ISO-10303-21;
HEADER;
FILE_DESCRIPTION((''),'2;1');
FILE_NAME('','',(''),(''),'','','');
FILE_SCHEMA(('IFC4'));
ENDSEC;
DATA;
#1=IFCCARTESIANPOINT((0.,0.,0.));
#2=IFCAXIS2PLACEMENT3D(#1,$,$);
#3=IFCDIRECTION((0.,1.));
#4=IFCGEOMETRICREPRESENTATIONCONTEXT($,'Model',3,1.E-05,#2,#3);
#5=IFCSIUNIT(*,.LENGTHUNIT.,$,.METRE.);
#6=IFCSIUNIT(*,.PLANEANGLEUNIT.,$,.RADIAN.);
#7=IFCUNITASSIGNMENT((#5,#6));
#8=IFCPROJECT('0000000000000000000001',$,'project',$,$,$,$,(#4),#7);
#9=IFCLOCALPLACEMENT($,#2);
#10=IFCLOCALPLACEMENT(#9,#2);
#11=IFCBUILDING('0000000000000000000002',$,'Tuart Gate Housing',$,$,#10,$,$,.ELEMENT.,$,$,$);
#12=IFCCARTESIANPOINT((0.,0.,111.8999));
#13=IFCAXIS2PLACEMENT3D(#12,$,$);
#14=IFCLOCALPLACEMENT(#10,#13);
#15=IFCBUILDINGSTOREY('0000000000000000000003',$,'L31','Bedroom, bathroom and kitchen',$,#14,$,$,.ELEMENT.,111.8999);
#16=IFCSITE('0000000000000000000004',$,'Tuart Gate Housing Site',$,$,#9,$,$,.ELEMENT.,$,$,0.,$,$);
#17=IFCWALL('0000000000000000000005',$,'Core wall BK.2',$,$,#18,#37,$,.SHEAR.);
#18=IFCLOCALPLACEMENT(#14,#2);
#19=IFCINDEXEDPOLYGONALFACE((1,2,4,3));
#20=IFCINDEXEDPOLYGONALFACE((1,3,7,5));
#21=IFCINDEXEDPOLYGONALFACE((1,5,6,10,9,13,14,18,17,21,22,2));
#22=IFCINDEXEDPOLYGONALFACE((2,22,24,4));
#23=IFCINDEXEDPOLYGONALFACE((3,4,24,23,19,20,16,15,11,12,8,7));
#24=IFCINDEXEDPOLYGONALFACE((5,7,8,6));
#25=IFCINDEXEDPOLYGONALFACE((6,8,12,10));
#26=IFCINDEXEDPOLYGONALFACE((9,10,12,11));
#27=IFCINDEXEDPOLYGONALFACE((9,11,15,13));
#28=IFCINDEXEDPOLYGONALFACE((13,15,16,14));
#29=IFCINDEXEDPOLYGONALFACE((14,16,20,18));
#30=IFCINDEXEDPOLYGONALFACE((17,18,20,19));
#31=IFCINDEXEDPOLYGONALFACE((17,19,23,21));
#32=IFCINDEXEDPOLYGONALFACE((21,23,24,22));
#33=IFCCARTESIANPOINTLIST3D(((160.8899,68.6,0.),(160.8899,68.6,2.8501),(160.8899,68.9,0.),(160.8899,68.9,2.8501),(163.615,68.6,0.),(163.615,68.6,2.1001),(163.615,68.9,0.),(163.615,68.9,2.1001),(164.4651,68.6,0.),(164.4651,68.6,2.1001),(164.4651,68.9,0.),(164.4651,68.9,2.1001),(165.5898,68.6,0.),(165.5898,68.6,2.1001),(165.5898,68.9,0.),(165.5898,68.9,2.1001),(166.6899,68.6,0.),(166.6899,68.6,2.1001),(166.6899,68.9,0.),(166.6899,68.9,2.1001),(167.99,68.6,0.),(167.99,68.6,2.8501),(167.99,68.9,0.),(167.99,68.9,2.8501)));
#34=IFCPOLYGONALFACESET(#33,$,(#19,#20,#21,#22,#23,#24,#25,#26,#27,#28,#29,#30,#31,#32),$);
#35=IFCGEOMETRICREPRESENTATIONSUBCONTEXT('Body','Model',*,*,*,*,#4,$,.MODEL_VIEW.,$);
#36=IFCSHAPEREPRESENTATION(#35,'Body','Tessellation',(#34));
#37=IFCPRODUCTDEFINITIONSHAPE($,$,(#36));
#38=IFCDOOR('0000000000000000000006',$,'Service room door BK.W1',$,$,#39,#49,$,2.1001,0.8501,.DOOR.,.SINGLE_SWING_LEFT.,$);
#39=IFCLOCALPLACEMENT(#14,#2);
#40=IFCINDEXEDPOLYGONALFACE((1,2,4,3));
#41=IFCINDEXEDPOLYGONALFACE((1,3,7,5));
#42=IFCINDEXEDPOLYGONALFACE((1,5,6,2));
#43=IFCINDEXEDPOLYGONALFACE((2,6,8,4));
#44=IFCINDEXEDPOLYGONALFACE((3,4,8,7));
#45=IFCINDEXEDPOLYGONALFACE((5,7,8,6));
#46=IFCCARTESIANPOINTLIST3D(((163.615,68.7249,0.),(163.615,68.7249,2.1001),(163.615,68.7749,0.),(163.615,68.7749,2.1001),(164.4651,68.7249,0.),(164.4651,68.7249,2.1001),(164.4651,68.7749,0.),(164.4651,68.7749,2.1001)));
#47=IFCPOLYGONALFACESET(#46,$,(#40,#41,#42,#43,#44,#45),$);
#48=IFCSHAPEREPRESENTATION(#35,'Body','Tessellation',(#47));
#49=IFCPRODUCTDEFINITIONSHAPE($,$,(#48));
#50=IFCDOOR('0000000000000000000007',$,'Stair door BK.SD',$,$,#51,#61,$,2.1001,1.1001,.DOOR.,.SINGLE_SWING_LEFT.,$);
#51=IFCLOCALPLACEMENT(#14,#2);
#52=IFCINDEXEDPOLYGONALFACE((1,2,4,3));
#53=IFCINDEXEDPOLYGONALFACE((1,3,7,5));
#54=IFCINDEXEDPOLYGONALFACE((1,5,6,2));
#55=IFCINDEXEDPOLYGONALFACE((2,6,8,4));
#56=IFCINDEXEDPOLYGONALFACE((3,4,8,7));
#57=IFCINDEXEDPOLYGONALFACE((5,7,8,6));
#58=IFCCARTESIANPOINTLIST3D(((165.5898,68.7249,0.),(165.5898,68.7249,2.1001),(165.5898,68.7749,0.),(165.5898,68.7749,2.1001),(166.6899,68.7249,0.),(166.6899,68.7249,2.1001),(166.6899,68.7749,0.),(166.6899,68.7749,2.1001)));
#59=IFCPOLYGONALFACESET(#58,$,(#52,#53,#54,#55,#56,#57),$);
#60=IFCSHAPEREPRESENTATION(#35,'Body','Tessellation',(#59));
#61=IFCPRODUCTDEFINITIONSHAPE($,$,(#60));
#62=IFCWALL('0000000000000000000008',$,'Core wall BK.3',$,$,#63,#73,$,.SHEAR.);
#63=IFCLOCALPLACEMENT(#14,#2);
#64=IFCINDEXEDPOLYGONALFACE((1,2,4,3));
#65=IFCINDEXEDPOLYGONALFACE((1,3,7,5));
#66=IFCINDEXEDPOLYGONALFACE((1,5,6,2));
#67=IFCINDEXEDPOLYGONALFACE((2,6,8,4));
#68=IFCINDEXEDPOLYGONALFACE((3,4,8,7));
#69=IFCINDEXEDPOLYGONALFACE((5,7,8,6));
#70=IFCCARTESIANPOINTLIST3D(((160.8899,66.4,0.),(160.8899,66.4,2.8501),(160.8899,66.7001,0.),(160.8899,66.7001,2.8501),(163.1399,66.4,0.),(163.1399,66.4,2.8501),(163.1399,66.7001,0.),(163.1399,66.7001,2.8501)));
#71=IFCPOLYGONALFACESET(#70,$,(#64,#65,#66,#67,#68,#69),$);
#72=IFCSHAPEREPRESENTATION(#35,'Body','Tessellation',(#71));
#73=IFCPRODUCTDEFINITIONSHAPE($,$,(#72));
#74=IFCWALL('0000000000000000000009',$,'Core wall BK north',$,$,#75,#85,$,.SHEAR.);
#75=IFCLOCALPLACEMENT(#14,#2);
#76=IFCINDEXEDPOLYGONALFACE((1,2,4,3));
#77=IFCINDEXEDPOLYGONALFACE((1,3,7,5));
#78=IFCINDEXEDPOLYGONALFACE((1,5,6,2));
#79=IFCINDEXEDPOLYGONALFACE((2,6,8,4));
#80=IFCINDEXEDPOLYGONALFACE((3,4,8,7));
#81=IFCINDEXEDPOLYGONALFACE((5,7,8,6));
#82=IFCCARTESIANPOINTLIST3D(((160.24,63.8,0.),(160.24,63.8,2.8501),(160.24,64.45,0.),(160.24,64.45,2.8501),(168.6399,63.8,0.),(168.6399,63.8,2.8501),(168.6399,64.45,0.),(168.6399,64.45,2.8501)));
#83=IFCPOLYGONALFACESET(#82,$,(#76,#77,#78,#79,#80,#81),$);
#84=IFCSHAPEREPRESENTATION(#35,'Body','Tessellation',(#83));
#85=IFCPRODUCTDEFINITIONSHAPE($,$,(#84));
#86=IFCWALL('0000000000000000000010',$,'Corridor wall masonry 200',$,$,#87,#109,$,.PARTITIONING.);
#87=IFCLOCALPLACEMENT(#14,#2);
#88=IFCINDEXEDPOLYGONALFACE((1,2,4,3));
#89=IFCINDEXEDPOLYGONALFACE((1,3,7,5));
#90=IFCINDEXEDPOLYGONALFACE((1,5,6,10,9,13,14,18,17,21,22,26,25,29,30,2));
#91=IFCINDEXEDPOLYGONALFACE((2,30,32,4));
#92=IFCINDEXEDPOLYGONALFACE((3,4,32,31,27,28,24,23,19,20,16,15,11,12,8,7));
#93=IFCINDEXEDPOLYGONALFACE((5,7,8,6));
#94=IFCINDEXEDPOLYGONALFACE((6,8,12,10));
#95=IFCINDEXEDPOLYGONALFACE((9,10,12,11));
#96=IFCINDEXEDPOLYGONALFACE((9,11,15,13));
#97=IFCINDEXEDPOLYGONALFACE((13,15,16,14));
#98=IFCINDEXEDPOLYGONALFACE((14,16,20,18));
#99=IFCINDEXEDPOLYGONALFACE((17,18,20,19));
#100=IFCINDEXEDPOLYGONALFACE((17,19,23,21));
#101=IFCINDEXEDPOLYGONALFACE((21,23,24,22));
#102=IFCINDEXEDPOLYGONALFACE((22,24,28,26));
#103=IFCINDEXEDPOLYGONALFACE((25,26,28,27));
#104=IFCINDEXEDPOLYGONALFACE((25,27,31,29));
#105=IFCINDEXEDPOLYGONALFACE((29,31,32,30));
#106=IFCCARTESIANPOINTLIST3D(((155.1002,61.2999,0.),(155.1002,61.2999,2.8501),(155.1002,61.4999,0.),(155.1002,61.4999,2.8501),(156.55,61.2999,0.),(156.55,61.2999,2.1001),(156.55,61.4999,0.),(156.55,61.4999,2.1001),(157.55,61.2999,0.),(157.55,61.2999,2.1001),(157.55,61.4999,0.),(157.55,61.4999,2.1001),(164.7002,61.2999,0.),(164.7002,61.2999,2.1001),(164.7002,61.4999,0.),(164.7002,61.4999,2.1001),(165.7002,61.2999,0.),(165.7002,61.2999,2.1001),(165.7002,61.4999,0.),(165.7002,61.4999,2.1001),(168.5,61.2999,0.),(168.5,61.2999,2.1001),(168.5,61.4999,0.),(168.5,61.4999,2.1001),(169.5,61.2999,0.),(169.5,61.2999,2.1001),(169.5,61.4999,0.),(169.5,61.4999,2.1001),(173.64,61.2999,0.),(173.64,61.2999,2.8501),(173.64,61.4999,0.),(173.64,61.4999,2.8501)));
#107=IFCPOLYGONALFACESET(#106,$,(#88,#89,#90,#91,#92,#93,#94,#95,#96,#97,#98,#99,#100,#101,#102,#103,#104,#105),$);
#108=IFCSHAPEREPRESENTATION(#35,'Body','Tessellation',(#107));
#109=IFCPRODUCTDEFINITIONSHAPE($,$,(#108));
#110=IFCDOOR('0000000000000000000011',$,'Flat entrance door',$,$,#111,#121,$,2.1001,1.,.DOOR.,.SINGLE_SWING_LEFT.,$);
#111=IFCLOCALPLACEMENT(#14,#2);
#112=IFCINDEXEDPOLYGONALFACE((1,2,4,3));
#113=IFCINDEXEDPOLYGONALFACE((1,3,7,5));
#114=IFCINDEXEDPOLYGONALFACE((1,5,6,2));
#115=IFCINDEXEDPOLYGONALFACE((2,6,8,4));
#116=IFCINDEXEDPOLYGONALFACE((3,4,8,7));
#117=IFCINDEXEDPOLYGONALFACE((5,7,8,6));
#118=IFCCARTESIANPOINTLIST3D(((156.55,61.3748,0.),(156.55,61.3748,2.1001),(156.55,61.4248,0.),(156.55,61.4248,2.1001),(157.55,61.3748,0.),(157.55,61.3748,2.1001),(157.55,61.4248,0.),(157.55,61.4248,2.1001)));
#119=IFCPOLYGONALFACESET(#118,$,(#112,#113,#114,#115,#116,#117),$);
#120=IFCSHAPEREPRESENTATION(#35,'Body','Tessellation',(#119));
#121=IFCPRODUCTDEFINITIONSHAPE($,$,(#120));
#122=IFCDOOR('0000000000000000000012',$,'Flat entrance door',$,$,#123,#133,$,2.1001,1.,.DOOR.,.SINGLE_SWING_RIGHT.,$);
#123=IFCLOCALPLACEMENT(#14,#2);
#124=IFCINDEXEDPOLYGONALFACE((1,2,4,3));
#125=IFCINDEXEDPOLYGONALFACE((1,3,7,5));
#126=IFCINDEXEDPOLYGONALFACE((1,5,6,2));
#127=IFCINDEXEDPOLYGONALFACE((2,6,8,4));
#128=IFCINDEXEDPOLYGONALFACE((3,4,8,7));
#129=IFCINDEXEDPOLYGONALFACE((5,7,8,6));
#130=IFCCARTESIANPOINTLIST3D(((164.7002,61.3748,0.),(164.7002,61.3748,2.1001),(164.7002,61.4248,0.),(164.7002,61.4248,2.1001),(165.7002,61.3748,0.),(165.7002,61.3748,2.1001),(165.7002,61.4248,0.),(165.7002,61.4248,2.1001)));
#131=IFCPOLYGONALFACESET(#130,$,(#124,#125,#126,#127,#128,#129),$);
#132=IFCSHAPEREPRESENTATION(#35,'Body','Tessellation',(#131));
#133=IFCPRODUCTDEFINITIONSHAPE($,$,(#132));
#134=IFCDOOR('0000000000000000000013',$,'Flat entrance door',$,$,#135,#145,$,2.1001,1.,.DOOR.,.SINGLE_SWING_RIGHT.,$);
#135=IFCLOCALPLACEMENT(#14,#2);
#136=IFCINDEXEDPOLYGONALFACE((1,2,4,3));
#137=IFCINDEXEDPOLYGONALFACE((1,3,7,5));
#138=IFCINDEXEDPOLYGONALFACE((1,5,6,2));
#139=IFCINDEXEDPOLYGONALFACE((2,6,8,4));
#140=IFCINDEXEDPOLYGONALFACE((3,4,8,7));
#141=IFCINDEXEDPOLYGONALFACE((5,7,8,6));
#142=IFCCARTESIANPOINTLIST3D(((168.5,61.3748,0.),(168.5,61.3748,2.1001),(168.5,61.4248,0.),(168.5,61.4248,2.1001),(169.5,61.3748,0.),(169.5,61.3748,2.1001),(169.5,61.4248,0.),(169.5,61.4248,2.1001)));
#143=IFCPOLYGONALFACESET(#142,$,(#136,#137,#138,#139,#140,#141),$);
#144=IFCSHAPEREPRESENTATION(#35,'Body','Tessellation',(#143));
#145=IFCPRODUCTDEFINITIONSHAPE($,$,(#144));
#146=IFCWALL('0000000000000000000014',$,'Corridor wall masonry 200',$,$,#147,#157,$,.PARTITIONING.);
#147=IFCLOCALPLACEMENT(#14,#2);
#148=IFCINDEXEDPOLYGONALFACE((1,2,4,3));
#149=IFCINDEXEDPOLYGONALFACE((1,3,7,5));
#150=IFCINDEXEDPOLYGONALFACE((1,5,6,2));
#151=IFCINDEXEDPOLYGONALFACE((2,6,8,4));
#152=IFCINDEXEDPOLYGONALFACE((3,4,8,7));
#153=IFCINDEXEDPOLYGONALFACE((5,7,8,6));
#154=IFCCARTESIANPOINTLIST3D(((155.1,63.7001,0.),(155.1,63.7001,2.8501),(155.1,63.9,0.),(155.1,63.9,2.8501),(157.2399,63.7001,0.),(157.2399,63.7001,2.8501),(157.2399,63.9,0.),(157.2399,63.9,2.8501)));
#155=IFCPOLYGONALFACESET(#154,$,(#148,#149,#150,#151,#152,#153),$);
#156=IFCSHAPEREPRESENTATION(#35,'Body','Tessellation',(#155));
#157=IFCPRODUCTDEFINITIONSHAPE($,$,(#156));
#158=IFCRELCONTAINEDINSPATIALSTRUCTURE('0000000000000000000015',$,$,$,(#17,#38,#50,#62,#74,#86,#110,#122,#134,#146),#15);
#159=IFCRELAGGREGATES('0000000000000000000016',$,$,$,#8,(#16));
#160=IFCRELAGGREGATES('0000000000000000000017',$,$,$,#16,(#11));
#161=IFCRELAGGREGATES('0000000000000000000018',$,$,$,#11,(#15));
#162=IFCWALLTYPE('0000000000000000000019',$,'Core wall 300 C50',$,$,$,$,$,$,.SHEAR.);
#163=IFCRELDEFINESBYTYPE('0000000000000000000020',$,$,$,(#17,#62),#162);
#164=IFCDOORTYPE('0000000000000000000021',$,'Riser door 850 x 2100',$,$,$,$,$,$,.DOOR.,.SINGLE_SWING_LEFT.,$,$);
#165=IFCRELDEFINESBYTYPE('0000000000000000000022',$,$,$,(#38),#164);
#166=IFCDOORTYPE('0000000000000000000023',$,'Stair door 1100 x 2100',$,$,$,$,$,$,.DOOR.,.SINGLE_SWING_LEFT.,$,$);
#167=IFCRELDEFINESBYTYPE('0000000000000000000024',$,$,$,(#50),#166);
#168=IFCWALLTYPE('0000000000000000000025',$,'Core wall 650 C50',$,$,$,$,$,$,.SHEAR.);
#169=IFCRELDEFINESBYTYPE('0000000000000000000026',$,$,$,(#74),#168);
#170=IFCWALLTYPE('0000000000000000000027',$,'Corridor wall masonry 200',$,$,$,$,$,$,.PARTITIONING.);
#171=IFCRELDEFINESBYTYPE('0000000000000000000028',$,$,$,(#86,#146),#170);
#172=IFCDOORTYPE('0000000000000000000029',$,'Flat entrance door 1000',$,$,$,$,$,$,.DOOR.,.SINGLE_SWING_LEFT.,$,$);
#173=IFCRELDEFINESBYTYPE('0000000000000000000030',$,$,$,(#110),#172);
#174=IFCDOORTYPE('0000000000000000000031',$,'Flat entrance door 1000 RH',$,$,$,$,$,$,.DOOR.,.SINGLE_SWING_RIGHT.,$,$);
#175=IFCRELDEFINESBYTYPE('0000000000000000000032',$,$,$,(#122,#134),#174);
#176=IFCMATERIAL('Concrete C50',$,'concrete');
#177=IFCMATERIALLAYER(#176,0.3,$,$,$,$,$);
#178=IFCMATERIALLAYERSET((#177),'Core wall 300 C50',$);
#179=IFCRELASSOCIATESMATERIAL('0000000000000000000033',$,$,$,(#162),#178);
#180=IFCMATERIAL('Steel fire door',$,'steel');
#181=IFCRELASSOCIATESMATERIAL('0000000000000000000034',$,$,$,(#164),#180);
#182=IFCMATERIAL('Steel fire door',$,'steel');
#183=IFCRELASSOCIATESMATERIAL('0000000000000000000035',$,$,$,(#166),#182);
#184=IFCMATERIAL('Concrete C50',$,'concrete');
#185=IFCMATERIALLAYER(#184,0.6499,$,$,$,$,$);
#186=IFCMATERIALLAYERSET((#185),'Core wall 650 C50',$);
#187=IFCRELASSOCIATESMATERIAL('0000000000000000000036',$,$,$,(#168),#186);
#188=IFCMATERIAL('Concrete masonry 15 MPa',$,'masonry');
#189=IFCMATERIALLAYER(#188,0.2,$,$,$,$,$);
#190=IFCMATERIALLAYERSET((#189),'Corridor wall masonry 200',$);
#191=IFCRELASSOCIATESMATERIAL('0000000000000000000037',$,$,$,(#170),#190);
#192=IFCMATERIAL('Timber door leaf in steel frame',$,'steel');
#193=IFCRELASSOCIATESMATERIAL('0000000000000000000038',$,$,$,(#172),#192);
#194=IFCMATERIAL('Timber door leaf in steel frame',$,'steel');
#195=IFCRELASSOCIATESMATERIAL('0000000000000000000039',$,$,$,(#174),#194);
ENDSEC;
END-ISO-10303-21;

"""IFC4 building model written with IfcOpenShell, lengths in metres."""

from ifc_helpers import new_model, si_unit, direction, frame, frame_2d, origin, place, context, subcontext, project, spatial, rectangle, extrude, material, layer, layer_set, type_object, element, fill, save


model = new_model("IFC4")

# Units and contexts
model_context = context("Model", 3, precision=1e-05, world=origin(), true_north=direction((0.0, 1.0)))
body_context = subcontext(model_context, "Body", "Model", "MODEL_VIEW")
ifc_project = project(units=[si_unit("LENGTHUNIT", "METRE"), si_unit("PLANEANGLEUNIT", "RADIAN")], contexts=[model_context])

# Site, building, storey
site_placement = place(None, origin())
site = spatial("IfcSite", under=ifc_project, at=site_placement, Name="Tuart Gate Housing Site", CompositionType="ELEMENT", RefElevation=0.0)
building_placement = place(site_placement, origin())
building = spatial("IfcBuilding", under=site, at=building_placement, Name="Tuart Gate Housing", CompositionType="ELEMENT")
storey_placement = place(building_placement, frame((0.0, 0.0, 111.8999)))
storey = spatial("IfcBuildingStorey", under=building, at=storey_placement, Name="L31", Description="Bedroom, bathroom and kitchen", CompositionType="ELEMENT", Elevation=111.8999)

# Wall, openings, doors
ifc_material_1 = material(Name="Concrete C50", Category="concrete")
ifc_layer_1 = layer(ifc_material_1, 0.3)
ifc_layer_set_1 = layer_set([ifc_layer_1], Name="Core wall 300 C50")
wall_type_1 = type_object("IfcWallType", Name="Core wall 300 C50", PredefinedType="SHEAR", material=ifc_layer_set_1)
wall_1_placement = place(storey_placement, frame((160.8899, 68.75, 0.0), z_axis=(0.0, 0.0, 1.0), x_axis=(1.0, 0.0, 0.0)))
wall_1 = element("IfcWall", 1, at=wall_1_placement, inside=storey, type_object=wall_type_1, Name="Core wall BK.2", PredefinedType="SHEAR", context=body_context, shape_type="SweptSolid", body=[
    extrude(rectangle(XDim=7.1001, YDim=0.3, at=frame_2d((3.55, 0.0))), origin(), (0.0, 0.0, 1.0), 2.8501),
])
opening_1_placement = place(wall_1_placement, frame((4.7, 0.0, 0.0)))
opening_1 = element("IfcOpeningElement", 2, at=opening_1_placement, cuts=wall_1, PredefinedType="OPENING", context=body_context, shape_type="SweptSolid", body=[
    extrude(rectangle(XDim=1.1001, YDim=2.1001, at=frame_2d((0.55, 1.05))), frame((0.0, 0.1599, 0.0), z_axis=(0.0, -1.0, 0.0), x_axis=(1.0, 0.0, 0.0)), (0.0, 0.0, 1.0), 0.3201),
])
opening_2_placement = place(wall_1_placement, frame((2.7251, 0.0, 0.0)))
opening_2 = element("IfcOpeningElement", 3, at=opening_2_placement, cuts=wall_1, PredefinedType="OPENING", context=body_context, shape_type="SweptSolid", body=[
    extrude(rectangle(XDim=0.8501, YDim=2.1001, at=frame_2d((0.425, 1.05))), frame((0.0, 0.1599, 0.0), z_axis=(0.0, -1.0, 0.0), x_axis=(1.0, 0.0, 0.0)), (0.0, 0.0, 1.0), 0.3201),
])
ifc_material_2 = material(Name="Steel fire door", Category="steel")
door_type_1 = type_object("IfcDoorType", Name="Riser door 850 x 2100", OperationType="SINGLE_SWING_LEFT", PredefinedType="DOOR", material=ifc_material_2)
door_1_placement = place(opening_2_placement, origin())
door_1 = element("IfcDoor", 4, at=door_1_placement, inside=storey, type_object=door_type_1, Name="Service room door BK.W1", OperationType="SINGLE_SWING_LEFT", OverallHeight=2.1001, OverallWidth=0.8501, PredefinedType="DOOR", context=body_context, shape_type="SweptSolid", body=[
    extrude(rectangle(XDim=0.8501, YDim=2.1001, at=frame_2d((0.425, 1.05))), frame((0.0, 0.0249, 0.0), z_axis=(0.0, -1.0, 0.0), x_axis=(1.0, 0.0, 0.0)), (0.0, 0.0, 1.0), 0.05),
])
fill(opening_2, door_1)
ifc_material_3 = material(Name="Steel fire door", Category="steel")
door_type_2 = type_object("IfcDoorType", Name="Stair door 1100 x 2100", OperationType="SINGLE_SWING_LEFT", PredefinedType="DOOR", material=ifc_material_3)
door_2_placement = place(opening_1_placement, origin())
door_2 = element("IfcDoor", 5, at=door_2_placement, inside=storey, type_object=door_type_2, Name="Stair door BK.SD", OperationType="SINGLE_SWING_LEFT", OverallHeight=2.1001, OverallWidth=1.1001, PredefinedType="DOOR", context=body_context, shape_type="SweptSolid", body=[
    extrude(rectangle(XDim=1.1001, YDim=2.1001, at=frame_2d((0.55, 1.05))), frame((0.0, 0.0249, 0.0), z_axis=(0.0, -1.0, 0.0), x_axis=(1.0, 0.0, 0.0)), (0.0, 0.0, 1.0), 0.05),
])
fill(opening_1, door_2)

# Walls
wall_2_placement = place(storey_placement, frame((160.8899, 66.55, 0.0), z_axis=(0.0, 0.0, 1.0), x_axis=(1.0, 0.0, 0.0)))
element("IfcWall", 6, at=wall_2_placement, inside=storey, type_object=wall_type_1, Name="Core wall BK.3", PredefinedType="SHEAR", context=body_context, shape_type="SweptSolid", body=[
    extrude(rectangle(XDim=2.25, YDim=0.3, at=frame_2d((1.125, 0.0))), origin(), (0.0, 0.0, 1.0), 2.8501),
])
ifc_material_4 = material(Name="Concrete C50", Category="concrete")
ifc_layer_2 = layer(ifc_material_4, 0.6499)
ifc_layer_set_2 = layer_set([ifc_layer_2], Name="Core wall 650 C50")
wall_type_2 = type_object("IfcWallType", Name="Core wall 650 C50", PredefinedType="SHEAR", material=ifc_layer_set_2)
wall_3_placement = place(storey_placement, frame((160.24, 64.125, 0.0), z_axis=(0.0, 0.0, 1.0), x_axis=(1.0, 0.0, 0.0)))
element("IfcWall", 7, at=wall_3_placement, inside=storey, type_object=wall_type_2, Name="Core wall BK north", PredefinedType="SHEAR", context=body_context, shape_type="SweptSolid", body=[
    extrude(rectangle(XDim=8.3999, YDim=0.6499, at=frame_2d((4.2, 0.0))), origin(), (0.0, 0.0, 1.0), 2.8501),
])

# Wall, openings, doors
ifc_material_5 = material(Name="Concrete masonry 15 MPa", Category="masonry")
ifc_layer_3 = layer(ifc_material_5, 0.2)
ifc_layer_set_3 = layer_set([ifc_layer_3], Name="Corridor wall masonry 200")
wall_type_3 = type_object("IfcWallType", Name="Corridor wall masonry 200", PredefinedType="PARTITIONING", material=ifc_layer_set_3)
wall_4_placement = place(storey_placement, frame((155.1001, 61.3999, 0.0), z_axis=(0.0, 0.0, 1.0), x_axis=(1.0, 0.0, 0.0)))
wall_4 = element("IfcWall", 8, at=wall_4_placement, inside=storey, type_object=wall_type_3, Name="Corridor wall masonry 200", PredefinedType="PARTITIONING", context=body_context, shape_type="SweptSolid", body=[
    extrude(rectangle(XDim=18.5398, YDim=0.2, at=frame_2d((9.27, 0.0))), origin(), (0.0, 0.0, 1.0), 2.8501),
])
opening_3_placement = place(wall_4_placement, frame((1.45, 0.0, 0.0)))
opening_3 = element("IfcOpeningElement", 9, at=opening_3_placement, cuts=wall_4, PredefinedType="OPENING", context=body_context, shape_type="SweptSolid", body=[
    extrude(rectangle(XDim=1.0, YDim=2.1001, at=frame_2d((0.5, 1.05))), frame((0.0, 0.1099, 0.0), z_axis=(0.0, -1.0, 0.0), x_axis=(1.0, 0.0, 0.0)), (0.0, 0.0, 1.0), 0.22),
])
opening_4_placement = place(wall_4_placement, frame((9.6001, 0.0, 0.0)))
opening_4 = element("IfcOpeningElement", 10, at=opening_4_placement, cuts=wall_4, PredefinedType="OPENING", context=body_context, shape_type="SweptSolid", body=[
    extrude(rectangle(XDim=1.0, YDim=2.1001, at=frame_2d((0.5, 1.05))), frame((0.0, 0.1099, 0.0), z_axis=(0.0, -1.0, 0.0), x_axis=(1.0, 0.0, 0.0)), (0.0, 0.0, 1.0), 0.22),
])
opening_5_placement = place(wall_4_placement, frame((13.3999, 0.0, 0.0)))
opening_5 = element("IfcOpeningElement", 11, at=opening_5_placement, cuts=wall_4, PredefinedType="OPENING", context=body_context, shape_type="SweptSolid", body=[
    extrude(rectangle(XDim=1.0, YDim=2.1001, at=frame_2d((0.5, 1.05))), frame((0.0, 0.1099, 0.0), z_axis=(0.0, -1.0, 0.0), x_axis=(1.0, 0.0, 0.0)), (0.0, 0.0, 1.0), 0.22),
])
ifc_material_6 = material(Name="Timber door leaf in steel frame", Category="steel")
door_type_3 = type_object("IfcDoorType", Name="Flat entrance door 1000", OperationType="SINGLE_SWING_LEFT", PredefinedType="DOOR", material=ifc_material_6)
door_3_placement = place(opening_3_placement, frame((1.0, 0.0, 0.0), z_axis=(0.0, 0.0, 1.0), x_axis=(-1.0, 0.0, 0.0)))
door_3 = element("IfcDoor", 12, at=door_3_placement, inside=storey, type_object=door_type_3, Name="Flat entrance door", OperationType="SINGLE_SWING_LEFT", OverallHeight=2.1001, OverallWidth=1.0, PredefinedType="DOOR", context=body_context, shape_type="SweptSolid", body=[
    extrude(rectangle(XDim=1.0, YDim=2.1001, at=frame_2d((0.5, 1.05))), frame((0.0, 0.0251, 0.0), z_axis=(0.0, -1.0, 0.0), x_axis=(1.0, 0.0, 0.0)), (0.0, 0.0, 1.0), 0.05),
])
fill(opening_3, door_3)
ifc_material_7 = material(Name="Timber door leaf in steel frame", Category="steel")
door_type_4 = type_object("IfcDoorType", Name="Flat entrance door 1000 RH", OperationType="SINGLE_SWING_RIGHT", PredefinedType="DOOR", material=ifc_material_7)
door_4_placement = place(opening_4_placement, frame((1.0, 0.0, 0.0), z_axis=(0.0, 0.0, 1.0), x_axis=(-1.0, 0.0, 0.0)))
door_4 = element("IfcDoor", 13, at=door_4_placement, inside=storey, type_object=door_type_4, Name="Flat entrance door", OperationType="SINGLE_SWING_RIGHT", OverallHeight=2.1001, OverallWidth=1.0, PredefinedType="DOOR", context=body_context, shape_type="SweptSolid", body=[
    extrude(rectangle(XDim=1.0, YDim=2.1001, at=frame_2d((0.5, 1.05))), frame((0.0, 0.0251, 0.0), z_axis=(0.0, -1.0, 0.0), x_axis=(1.0, 0.0, 0.0)), (0.0, 0.0, 1.0), 0.05),
])
fill(opening_4, door_4)
door_5_placement = place(opening_5_placement, frame((1.0, 0.0, 0.0), z_axis=(0.0, 0.0, 1.0), x_axis=(-1.0, 0.0, 0.0)))
door_5 = element("IfcDoor", 14, at=door_5_placement, inside=storey, type_object=door_type_4, Name="Flat entrance door", OperationType="SINGLE_SWING_RIGHT", OverallHeight=2.1001, OverallWidth=1.0, PredefinedType="DOOR", context=body_context, shape_type="SweptSolid", body=[
    extrude(rectangle(XDim=1.0, YDim=2.1001, at=frame_2d((0.5, 1.05))), frame((0.0, 0.0251, 0.0), z_axis=(0.0, -1.0, 0.0), x_axis=(1.0, 0.0, 0.0)), (0.0, 0.0, 1.0), 0.05),
])
fill(opening_5, door_5)

# Wall
wall_5_placement = place(storey_placement, frame((155.1001, 63.8, 0.0), z_axis=(0.0, 0.0, 1.0), x_axis=(1.0, 0.0, 0.0)))
element("IfcWall", 15, at=wall_5_placement, inside=storey, type_object=wall_type_3, Name="Corridor wall masonry 200", PredefinedType="PARTITIONING", context=body_context, shape_type="SweptSolid", body=[
    extrude(rectangle(XDim=2.1399, YDim=0.2, at=frame_2d((1.0698, 0.0))), origin(), (0.0, 0.0, 1.0), 2.8501),
])

save(model, "model.ifc")
